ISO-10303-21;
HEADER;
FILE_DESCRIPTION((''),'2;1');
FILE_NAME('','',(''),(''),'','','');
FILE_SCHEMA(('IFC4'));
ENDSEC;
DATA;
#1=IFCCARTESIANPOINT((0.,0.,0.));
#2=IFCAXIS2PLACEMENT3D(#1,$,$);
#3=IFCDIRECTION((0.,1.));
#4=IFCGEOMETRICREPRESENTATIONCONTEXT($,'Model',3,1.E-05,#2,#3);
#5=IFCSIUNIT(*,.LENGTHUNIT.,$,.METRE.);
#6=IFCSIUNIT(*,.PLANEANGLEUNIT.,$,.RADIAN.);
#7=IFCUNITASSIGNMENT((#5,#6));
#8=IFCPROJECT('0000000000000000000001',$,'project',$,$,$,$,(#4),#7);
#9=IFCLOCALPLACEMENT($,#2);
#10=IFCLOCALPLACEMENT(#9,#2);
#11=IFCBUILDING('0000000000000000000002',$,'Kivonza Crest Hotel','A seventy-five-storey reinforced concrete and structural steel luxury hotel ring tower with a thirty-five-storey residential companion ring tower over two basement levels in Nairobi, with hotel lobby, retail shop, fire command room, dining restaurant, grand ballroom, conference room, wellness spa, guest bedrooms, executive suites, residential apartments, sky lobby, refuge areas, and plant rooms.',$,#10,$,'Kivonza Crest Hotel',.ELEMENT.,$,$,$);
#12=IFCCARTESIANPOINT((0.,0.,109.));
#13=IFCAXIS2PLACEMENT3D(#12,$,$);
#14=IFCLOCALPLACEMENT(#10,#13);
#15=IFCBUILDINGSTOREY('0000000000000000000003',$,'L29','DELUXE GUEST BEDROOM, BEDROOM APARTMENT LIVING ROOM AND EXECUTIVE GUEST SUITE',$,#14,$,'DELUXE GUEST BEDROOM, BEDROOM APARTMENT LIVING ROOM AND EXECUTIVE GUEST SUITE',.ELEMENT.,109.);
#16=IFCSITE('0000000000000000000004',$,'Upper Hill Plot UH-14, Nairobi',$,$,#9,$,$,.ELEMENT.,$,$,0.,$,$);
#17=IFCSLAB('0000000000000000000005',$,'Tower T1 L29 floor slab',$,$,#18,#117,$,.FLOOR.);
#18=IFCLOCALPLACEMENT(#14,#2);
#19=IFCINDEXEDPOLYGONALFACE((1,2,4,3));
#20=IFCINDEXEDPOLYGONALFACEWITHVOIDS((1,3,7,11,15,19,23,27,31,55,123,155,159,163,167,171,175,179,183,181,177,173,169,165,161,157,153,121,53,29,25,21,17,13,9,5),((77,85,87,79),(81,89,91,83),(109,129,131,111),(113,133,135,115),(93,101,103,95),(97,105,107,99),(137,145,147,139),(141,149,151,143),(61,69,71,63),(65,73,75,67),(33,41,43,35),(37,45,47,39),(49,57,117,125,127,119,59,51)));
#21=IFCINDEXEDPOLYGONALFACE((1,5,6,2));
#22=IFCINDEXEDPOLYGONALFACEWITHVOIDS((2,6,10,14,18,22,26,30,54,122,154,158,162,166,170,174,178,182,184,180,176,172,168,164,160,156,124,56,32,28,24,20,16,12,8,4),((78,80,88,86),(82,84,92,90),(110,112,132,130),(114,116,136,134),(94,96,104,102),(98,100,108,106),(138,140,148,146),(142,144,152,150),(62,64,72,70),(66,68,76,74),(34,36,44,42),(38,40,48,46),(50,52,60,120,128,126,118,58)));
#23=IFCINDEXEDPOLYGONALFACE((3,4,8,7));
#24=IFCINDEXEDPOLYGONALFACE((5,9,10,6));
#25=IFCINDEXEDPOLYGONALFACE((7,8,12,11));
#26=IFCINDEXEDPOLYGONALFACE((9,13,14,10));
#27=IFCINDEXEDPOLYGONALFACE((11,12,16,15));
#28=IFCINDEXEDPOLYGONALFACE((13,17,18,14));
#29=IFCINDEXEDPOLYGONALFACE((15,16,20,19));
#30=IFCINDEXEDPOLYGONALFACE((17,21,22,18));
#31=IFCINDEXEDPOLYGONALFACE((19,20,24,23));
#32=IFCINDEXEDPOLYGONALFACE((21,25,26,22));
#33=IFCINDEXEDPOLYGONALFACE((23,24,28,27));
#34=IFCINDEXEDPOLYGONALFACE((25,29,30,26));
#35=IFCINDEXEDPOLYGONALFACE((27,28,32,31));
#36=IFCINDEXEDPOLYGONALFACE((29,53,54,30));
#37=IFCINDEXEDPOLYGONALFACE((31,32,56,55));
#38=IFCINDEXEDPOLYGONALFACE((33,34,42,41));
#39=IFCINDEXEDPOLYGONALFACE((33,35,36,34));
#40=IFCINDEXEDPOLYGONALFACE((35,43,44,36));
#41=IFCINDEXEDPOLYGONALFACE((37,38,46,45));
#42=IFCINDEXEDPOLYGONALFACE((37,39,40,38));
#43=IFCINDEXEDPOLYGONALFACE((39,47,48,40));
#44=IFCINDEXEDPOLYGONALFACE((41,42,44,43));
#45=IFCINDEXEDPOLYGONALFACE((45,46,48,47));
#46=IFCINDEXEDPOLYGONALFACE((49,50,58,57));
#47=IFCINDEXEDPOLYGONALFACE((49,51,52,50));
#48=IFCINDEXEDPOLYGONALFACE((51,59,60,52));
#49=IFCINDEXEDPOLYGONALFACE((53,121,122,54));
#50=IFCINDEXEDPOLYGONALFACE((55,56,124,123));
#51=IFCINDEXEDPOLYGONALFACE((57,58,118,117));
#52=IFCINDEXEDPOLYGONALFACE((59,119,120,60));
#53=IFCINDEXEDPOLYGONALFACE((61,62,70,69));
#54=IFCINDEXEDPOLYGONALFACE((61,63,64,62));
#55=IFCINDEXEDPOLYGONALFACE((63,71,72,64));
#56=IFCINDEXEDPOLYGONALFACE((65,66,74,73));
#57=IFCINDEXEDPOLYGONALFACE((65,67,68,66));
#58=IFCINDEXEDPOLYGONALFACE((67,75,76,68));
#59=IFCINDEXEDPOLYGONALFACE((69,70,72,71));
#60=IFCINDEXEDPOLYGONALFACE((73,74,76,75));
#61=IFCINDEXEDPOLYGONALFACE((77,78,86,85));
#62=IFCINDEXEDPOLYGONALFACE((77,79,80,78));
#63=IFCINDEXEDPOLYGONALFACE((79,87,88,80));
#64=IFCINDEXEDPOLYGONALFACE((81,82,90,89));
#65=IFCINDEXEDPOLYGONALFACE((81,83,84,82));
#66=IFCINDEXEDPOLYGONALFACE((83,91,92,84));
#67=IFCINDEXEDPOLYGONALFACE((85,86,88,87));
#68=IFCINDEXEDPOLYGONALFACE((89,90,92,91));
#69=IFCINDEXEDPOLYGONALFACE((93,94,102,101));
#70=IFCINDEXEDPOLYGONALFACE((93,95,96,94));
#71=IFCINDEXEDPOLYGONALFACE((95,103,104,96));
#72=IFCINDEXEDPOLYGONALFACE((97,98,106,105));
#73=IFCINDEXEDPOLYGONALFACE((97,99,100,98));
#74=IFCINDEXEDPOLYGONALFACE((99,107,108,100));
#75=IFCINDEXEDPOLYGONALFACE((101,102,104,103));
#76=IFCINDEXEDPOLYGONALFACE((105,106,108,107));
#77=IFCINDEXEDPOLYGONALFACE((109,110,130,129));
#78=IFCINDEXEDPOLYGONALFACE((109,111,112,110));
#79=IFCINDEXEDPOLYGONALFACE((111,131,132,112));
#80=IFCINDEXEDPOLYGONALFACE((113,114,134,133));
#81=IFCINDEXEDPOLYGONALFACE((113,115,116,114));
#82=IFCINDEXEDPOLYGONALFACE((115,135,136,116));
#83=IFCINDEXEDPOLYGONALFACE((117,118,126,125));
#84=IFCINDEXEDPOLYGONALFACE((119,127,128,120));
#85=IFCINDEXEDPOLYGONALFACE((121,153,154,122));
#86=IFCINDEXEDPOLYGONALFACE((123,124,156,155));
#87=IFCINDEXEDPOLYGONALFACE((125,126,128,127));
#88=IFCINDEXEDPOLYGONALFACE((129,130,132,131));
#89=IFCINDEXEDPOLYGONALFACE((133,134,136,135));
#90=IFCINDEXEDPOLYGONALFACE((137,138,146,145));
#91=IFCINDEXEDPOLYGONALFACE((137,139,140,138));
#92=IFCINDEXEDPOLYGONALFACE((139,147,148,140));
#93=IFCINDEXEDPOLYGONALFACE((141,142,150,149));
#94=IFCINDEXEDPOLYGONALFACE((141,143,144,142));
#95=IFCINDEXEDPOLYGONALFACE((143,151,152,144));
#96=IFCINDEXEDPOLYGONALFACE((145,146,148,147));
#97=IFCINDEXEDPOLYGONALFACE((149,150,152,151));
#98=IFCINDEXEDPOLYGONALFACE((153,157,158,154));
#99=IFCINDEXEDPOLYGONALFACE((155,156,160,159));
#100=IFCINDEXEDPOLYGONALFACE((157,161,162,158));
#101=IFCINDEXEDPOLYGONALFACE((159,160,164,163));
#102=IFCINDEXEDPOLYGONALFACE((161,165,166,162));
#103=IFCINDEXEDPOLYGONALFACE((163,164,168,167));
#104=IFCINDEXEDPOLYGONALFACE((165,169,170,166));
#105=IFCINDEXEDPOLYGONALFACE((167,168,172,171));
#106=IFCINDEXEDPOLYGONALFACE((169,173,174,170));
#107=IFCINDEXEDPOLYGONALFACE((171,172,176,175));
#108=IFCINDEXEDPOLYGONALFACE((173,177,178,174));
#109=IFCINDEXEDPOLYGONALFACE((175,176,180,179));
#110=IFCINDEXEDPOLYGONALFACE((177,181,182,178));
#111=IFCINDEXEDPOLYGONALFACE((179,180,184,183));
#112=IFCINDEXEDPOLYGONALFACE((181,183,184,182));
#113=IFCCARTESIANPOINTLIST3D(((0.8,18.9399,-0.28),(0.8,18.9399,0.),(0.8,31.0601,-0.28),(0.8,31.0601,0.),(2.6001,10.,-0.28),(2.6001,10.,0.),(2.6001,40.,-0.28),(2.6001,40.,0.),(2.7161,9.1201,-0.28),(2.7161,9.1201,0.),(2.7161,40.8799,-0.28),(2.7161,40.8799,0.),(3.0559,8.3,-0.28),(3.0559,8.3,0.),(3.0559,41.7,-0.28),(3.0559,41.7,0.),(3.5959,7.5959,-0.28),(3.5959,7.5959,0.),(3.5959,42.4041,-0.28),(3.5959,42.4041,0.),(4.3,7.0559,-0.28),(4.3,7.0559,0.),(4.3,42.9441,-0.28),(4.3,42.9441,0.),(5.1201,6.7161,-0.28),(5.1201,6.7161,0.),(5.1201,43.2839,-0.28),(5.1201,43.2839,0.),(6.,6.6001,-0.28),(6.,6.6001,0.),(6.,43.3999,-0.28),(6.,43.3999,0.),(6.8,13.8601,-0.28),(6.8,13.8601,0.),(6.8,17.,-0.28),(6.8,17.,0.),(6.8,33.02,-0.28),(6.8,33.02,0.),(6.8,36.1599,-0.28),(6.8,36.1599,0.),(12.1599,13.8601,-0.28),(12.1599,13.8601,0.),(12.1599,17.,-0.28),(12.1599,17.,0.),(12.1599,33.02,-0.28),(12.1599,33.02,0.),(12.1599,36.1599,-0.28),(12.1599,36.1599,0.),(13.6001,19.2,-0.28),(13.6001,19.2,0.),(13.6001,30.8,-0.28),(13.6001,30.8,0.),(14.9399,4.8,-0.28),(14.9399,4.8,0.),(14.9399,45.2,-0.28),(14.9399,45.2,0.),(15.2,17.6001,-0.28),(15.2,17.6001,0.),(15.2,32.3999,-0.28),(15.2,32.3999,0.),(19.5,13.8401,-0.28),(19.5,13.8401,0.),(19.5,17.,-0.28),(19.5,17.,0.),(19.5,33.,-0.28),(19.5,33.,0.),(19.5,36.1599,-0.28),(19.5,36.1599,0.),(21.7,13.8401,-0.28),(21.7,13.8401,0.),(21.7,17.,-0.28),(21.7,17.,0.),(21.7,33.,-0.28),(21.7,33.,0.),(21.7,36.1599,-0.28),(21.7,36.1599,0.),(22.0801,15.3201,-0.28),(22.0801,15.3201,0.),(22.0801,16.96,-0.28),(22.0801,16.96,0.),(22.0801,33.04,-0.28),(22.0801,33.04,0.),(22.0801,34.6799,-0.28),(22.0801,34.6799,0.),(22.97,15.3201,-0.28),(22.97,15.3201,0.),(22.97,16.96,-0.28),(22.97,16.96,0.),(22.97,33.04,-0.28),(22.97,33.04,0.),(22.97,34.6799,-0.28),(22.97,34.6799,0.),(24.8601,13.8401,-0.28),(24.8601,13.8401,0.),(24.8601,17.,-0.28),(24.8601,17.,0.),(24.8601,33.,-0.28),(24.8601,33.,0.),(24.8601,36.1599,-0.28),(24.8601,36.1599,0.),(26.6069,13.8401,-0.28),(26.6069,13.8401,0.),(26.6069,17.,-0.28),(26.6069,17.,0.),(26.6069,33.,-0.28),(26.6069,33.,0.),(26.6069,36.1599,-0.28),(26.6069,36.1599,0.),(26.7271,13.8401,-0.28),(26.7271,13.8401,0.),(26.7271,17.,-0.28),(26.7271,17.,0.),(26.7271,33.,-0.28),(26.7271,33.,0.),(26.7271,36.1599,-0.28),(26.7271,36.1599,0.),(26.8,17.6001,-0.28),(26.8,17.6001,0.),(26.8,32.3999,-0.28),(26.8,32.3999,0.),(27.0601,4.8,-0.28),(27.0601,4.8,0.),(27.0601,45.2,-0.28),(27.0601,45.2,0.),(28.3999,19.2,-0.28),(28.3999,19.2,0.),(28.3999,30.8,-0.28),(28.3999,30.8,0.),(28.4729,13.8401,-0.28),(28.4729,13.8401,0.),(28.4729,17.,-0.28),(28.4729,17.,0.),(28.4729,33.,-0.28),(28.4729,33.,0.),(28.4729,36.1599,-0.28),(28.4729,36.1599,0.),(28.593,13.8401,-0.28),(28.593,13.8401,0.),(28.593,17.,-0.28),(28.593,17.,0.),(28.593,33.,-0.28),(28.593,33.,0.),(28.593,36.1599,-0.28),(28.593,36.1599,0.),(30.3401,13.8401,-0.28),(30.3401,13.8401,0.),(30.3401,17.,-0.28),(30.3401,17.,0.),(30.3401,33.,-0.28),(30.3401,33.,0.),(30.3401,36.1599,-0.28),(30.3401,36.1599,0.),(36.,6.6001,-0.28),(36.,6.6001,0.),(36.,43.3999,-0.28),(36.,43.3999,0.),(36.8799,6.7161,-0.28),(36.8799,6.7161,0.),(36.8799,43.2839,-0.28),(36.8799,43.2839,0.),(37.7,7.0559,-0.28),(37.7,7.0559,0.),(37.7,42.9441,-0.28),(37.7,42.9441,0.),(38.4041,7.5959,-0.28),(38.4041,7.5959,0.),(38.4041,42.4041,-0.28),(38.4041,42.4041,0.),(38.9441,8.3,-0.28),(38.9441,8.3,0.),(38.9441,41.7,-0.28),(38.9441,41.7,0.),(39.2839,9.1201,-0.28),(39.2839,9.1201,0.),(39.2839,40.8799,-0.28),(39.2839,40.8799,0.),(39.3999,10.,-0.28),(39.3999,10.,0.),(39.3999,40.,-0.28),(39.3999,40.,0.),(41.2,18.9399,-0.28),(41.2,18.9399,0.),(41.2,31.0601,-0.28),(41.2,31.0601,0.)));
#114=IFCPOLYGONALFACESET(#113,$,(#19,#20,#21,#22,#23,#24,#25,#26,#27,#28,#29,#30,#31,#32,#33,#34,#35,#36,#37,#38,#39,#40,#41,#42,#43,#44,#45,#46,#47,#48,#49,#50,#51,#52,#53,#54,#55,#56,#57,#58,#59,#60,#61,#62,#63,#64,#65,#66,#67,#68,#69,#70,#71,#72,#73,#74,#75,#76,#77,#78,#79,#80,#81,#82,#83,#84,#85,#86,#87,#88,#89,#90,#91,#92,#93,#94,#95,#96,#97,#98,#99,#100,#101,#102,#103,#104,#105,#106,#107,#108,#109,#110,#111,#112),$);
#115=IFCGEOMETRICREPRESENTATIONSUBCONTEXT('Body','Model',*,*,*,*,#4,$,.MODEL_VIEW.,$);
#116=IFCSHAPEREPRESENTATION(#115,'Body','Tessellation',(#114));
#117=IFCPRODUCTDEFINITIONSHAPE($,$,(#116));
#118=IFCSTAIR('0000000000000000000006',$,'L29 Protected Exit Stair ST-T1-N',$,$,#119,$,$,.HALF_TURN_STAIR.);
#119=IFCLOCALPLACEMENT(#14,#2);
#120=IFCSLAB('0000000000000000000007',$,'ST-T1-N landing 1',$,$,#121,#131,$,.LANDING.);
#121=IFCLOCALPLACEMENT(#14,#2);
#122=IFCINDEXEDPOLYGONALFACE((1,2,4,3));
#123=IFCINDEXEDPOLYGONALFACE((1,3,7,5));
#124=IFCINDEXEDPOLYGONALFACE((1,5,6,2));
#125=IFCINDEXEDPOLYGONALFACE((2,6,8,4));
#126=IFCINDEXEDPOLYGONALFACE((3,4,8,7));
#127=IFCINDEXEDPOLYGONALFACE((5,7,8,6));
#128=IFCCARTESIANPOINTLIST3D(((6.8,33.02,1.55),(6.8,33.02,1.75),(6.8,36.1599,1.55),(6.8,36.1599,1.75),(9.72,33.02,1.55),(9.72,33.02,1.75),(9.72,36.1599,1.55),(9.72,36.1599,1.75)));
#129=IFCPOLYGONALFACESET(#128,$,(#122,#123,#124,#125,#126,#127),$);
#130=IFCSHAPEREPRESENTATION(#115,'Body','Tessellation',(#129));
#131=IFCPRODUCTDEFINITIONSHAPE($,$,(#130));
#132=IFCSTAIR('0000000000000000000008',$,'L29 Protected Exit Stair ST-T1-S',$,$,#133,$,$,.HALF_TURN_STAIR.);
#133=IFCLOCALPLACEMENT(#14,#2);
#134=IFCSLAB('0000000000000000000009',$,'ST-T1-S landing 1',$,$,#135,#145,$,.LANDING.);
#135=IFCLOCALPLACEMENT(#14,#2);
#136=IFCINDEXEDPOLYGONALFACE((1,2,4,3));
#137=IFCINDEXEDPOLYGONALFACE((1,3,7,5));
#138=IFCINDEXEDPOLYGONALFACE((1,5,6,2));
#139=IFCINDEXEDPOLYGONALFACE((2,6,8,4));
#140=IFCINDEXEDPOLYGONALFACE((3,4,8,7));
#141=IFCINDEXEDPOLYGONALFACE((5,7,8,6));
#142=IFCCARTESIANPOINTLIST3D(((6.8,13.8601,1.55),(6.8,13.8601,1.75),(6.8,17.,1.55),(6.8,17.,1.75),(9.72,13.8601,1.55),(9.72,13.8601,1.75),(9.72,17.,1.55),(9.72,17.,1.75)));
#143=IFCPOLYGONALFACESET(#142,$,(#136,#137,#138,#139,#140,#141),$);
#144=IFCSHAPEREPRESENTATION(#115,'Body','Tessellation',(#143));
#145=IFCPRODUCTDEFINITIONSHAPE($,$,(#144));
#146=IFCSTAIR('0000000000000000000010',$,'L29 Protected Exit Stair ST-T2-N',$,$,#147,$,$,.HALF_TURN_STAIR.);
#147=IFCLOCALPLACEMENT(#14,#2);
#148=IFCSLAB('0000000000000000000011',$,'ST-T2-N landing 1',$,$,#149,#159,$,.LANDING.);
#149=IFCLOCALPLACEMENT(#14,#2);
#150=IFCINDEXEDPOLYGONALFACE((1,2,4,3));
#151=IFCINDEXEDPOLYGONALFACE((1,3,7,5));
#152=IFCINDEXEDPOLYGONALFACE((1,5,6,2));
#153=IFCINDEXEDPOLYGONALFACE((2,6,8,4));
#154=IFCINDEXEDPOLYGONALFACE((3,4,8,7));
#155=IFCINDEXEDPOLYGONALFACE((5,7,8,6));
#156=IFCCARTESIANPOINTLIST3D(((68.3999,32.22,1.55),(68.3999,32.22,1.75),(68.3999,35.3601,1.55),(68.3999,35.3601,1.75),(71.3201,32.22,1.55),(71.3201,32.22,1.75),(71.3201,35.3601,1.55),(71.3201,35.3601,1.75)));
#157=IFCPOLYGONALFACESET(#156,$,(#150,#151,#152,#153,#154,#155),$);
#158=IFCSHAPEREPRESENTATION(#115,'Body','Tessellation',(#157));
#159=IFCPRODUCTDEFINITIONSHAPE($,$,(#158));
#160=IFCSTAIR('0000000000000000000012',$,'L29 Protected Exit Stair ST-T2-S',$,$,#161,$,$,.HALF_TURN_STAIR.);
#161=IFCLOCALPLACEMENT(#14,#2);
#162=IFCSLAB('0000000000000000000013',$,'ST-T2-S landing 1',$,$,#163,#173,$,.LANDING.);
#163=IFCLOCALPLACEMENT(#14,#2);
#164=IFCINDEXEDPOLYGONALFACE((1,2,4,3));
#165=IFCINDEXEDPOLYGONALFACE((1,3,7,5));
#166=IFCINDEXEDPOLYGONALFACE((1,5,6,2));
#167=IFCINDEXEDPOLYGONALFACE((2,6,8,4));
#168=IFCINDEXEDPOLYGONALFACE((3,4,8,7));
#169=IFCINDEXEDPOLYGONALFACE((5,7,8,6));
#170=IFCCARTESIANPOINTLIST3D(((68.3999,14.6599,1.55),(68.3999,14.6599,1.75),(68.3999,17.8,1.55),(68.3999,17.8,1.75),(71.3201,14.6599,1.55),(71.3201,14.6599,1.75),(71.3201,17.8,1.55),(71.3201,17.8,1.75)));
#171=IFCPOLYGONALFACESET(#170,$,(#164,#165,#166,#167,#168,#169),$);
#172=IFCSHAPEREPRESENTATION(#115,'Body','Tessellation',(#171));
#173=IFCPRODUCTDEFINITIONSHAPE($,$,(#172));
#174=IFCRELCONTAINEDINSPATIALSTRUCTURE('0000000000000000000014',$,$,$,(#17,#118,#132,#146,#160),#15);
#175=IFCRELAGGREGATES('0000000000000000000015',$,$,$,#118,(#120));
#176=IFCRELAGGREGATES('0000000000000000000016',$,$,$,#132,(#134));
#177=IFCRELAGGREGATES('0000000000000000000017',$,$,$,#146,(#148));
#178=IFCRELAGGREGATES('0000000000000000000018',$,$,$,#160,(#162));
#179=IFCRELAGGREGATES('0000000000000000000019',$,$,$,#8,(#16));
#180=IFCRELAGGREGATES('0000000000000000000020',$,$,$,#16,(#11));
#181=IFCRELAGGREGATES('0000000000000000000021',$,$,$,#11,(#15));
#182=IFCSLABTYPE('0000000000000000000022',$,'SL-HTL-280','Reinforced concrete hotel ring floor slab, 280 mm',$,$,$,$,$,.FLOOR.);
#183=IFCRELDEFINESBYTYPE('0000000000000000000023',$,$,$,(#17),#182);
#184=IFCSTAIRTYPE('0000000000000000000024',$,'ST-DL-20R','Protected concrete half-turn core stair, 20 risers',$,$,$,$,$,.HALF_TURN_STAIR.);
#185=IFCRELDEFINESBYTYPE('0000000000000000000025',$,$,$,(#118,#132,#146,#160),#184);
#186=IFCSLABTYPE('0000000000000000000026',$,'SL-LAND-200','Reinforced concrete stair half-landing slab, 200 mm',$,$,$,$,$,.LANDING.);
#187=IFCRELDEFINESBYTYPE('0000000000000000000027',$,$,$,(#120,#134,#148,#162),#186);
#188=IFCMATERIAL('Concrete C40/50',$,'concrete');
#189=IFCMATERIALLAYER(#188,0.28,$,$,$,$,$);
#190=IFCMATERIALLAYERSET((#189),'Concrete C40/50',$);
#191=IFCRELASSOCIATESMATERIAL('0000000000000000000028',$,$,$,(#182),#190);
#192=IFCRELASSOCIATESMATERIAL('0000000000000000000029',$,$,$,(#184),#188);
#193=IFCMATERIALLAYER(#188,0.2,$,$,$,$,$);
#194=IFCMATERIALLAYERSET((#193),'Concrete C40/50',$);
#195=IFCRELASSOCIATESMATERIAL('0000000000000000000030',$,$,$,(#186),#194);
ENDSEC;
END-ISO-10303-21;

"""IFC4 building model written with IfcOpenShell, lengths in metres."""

from ifc_helpers import new_model, si_unit, direction, frame, origin, place, context, subcontext, project, spatial, polyline, outline, extrude, material, layer, layer_set, type_object, element, aggregate, save


model = new_model("IFC4")

# Units and contexts
model_context = context("Model", 3, precision=1e-05, world=origin(), true_north=direction((0.0, 1.0)))
body_context = subcontext(model_context, "Body", "Model", "MODEL_VIEW")
ifc_project = project(units=[si_unit("LENGTHUNIT", "METRE"), si_unit("PLANEANGLEUNIT", "RADIAN")], contexts=[model_context])

# Site, building, storey
site_placement = place(None, origin())
site = spatial("IfcSite", under=ifc_project, at=site_placement, Name="Upper Hill Plot UH-14, Nairobi", CompositionType="ELEMENT", RefElevation=0.0)
building_placement = place(site_placement, origin())
building = spatial("IfcBuilding", under=site, at=building_placement, Name="Kivonza Crest Hotel", Description="A seventy-five-storey reinforced concrete and structural steel luxury hotel ring tower with a thirty-five-storey residential companion ring tower over two basement levels in Nairobi, with hotel lobby, retail shop, fire command room, dining restaurant, grand ballroom, conference room, wellness spa, guest bedrooms, executive suites, residential apartments, sky lobby, refuge areas, and plant rooms.", LongName="Kivonza Crest Hotel", CompositionType="ELEMENT")
storey_placement = place(building_placement, frame((0.0, 0.0, 109.0)))
storey = spatial("IfcBuildingStorey", under=building, at=storey_placement, Name="L29", Description="DELUXE GUEST BEDROOM, BEDROOM APARTMENT LIVING ROOM AND EXECUTIVE GUEST SUITE", LongName="DELUXE GUEST BEDROOM, BEDROOM APARTMENT LIVING ROOM AND EXECUTIVE GUEST SUITE", CompositionType="ELEMENT", Elevation=109.0)

# Slab
ifc_material_1 = material(Name="Concrete C40/50", Category="concrete")
ifc_layer_1 = layer(ifc_material_1, 0.28)
ifc_layer_set_1 = layer_set([ifc_layer_1], Name="Concrete C40/50")
slab_type_1 = type_object("IfcSlabType", Name="SL-HTL-280", Description="Reinforced concrete hotel ring floor slab, 280 mm", PredefinedType="FLOOR", material=ifc_layer_set_1)
slab_1_placement = place(storey_placement, frame((0.0, 0.0, -0.28)))
element("IfcSlab", 1, at=slab_1_placement, inside=storey, type_object=slab_type_1, Name="Tower T1 L29 floor slab", PredefinedType="FLOOR", context=body_context, shape_type="SweptSolid", body=[
    extrude(outline(polyline([(2.6001, 10.0), (2.7161, 9.1201), (3.0559, 8.3), (3.5959, 7.5959), (4.3, 7.0559), (5.1201, 6.7161), (6.0, 6.6001), (14.9399, 4.8), (27.0601, 4.8), (36.0, 6.6001), (36.8799, 6.7161), (37.7, 7.0559), (38.4041, 7.5959), (38.9441, 8.3), (39.2839, 9.1201), (39.3999, 10.0), (41.2, 18.9399), (41.2, 31.0601), (39.3999, 40.0), (39.2839, 40.8799), (38.9441, 41.7), (38.4041, 42.4041), (37.7, 42.9441), (36.8799, 43.2839), (36.0, 43.3999), (27.0601, 45.2), (14.9399, 45.2), (6.0, 43.3999), (5.1201, 43.2839), (4.3, 42.9441), (3.5959, 42.4041), (3.0559, 41.7), (2.7161, 40.8799), (2.6001, 40.0), (0.8, 31.0601), (0.8, 18.9399), (2.6001, 10.0)]), holes=[polyline([(15.2, 17.6001), (26.8, 17.6001), (28.3999, 19.2), (28.3999, 30.8), (26.8, 32.3999), (15.2, 32.3999), (13.6001, 30.8), (13.6001, 19.2), (15.2, 17.6001)]), polyline([(6.8, 33.02), (12.1599, 33.02), (12.1599, 36.1599), (6.8, 36.1599), (6.8, 33.02)]), polyline([(6.8, 13.8601), (12.1599, 13.8601), (12.1599, 17.0), (6.8, 17.0), (6.8, 13.8601)]), polyline([(22.0801, 33.04), (22.97, 33.04), (22.97, 34.6799), (22.0801, 34.6799), (22.0801, 33.04)]), polyline([(22.0801, 15.3201), (22.97, 15.3201), (22.97, 16.96), (22.0801, 16.96), (22.0801, 15.3201)]), polyline([(19.5, 33.0), (21.7, 33.0), (21.7, 36.1599), (19.5, 36.1599), (19.5, 33.0)]), polyline([(24.8601, 33.0), (26.6069, 33.0), (26.6069, 36.1599), (24.8601, 36.1599), (24.8601, 33.0)]), polyline([(26.7271, 33.0), (28.4729, 33.0), (28.4729, 36.1599), (26.7271, 36.1599), (26.7271, 33.0)]), polyline([(28.593, 33.0), (30.3401, 33.0), (30.3401, 36.1599), (28.593, 36.1599), (28.593, 33.0)]), polyline([(19.5, 13.8401), (21.7, 13.8401), (21.7, 17.0), (19.5, 17.0), (19.5, 13.8401)]), polyline([(24.8601, 13.8401), (26.6069, 13.8401), (26.6069, 17.0), (24.8601, 17.0), (24.8601, 13.8401)]), polyline([(26.7271, 13.8401), (28.4729, 13.8401), (28.4729, 17.0), (26.7271, 17.0), (26.7271, 13.8401)]), polyline([(28.593, 13.8401), (30.3401, 13.8401), (30.3401, 17.0), (28.593, 17.0), (28.593, 13.8401)])]), origin(), (0.0, 0.0, 1.0), 0.28),
])

# Stairs, slabs
stair_type = type_object("IfcStairType", Name="ST-DL-20R", Description="Protected concrete half-turn core stair, 20 risers", PredefinedType="HALF_TURN_STAIR", material=ifc_material_1)
stair_1_placement = place(storey_placement, origin())
stair_1 = element("IfcStair", 2, at=stair_1_placement, inside=storey, type_object=stair_type, Name="L29 Protected Exit Stair ST-T1-N", PredefinedType="HALF_TURN_STAIR")
ifc_layer_2 = layer(ifc_material_1, 0.2)
ifc_layer_set_2 = layer_set([ifc_layer_2], Name="Concrete C40/50")
slab_type_2 = type_object("IfcSlabType", Name="SL-LAND-200", Description="Reinforced concrete stair half-landing slab, 200 mm", PredefinedType="LANDING", material=ifc_layer_set_2)
slab_2_placement = place(storey_placement, frame((0.0, 0.0, 1.55)))
slab_2 = element("IfcSlab", 3, at=slab_2_placement, type_object=slab_type_2, Name="ST-T1-N landing 1", PredefinedType="LANDING", context=body_context, shape_type="SweptSolid", body=[
    extrude(outline(polyline([(9.72, 36.1599), (6.8, 36.1599), (6.8, 33.02), (9.72, 33.02), (9.72, 36.1599)])), origin(), (0.0, 0.0, 1.0), 0.2),
])
aggregate(stair_1, [slab_2])
stair_2_placement = place(storey_placement, origin())
stair_2 = element("IfcStair", 4, at=stair_2_placement, inside=storey, type_object=stair_type, Name="L29 Protected Exit Stair ST-T1-S", PredefinedType="HALF_TURN_STAIR")
slab_3_placement = place(storey_placement, frame((0.0, 0.0, 1.55)))
slab_3 = element("IfcSlab", 5, at=slab_3_placement, type_object=slab_type_2, Name="ST-T1-S landing 1", PredefinedType="LANDING", context=body_context, shape_type="SweptSolid", body=[
    extrude(outline(polyline([(9.72, 17.0), (6.8, 17.0), (6.8, 13.8601), (9.72, 13.8601), (9.72, 17.0)])), origin(), (0.0, 0.0, 1.0), 0.2),
])
aggregate(stair_2, [slab_3])
stair_3_placement = place(storey_placement, origin())
stair_3 = element("IfcStair", 6, at=stair_3_placement, inside=storey, type_object=stair_type, Name="L29 Protected Exit Stair ST-T2-N", PredefinedType="HALF_TURN_STAIR")
slab_4_placement = place(storey_placement, frame((0.0, 0.0, 1.55)))
slab_4 = element("IfcSlab", 7, at=slab_4_placement, type_object=slab_type_2, Name="ST-T2-N landing 1", PredefinedType="LANDING", context=body_context, shape_type="SweptSolid", body=[
    extrude(outline(polyline([(71.3201, 35.3601), (68.3999, 35.3601), (68.3999, 32.22), (71.3201, 32.22), (71.3201, 35.3601)])), origin(), (0.0, 0.0, 1.0), 0.2),
])
aggregate(stair_3, [slab_4])
stair_4_placement = place(storey_placement, origin())
stair_4 = element("IfcStair", 8, at=stair_4_placement, inside=storey, type_object=stair_type, Name="L29 Protected Exit Stair ST-T2-S", PredefinedType="HALF_TURN_STAIR")
slab_5_placement = place(storey_placement, frame((0.0, 0.0, 1.55)))
slab_5 = element("IfcSlab", 9, at=slab_5_placement, type_object=slab_type_2, Name="ST-T2-S landing 1", PredefinedType="LANDING", context=body_context, shape_type="SweptSolid", body=[
    extrude(outline(polyline([(71.3201, 17.8), (68.3999, 17.8), (68.3999, 14.6599), (71.3201, 14.6599), (71.3201, 17.8)])), origin(), (0.0, 0.0, 1.0), 0.2),
])
aggregate(stair_4, [slab_5])

save(model, "model.ifc")
